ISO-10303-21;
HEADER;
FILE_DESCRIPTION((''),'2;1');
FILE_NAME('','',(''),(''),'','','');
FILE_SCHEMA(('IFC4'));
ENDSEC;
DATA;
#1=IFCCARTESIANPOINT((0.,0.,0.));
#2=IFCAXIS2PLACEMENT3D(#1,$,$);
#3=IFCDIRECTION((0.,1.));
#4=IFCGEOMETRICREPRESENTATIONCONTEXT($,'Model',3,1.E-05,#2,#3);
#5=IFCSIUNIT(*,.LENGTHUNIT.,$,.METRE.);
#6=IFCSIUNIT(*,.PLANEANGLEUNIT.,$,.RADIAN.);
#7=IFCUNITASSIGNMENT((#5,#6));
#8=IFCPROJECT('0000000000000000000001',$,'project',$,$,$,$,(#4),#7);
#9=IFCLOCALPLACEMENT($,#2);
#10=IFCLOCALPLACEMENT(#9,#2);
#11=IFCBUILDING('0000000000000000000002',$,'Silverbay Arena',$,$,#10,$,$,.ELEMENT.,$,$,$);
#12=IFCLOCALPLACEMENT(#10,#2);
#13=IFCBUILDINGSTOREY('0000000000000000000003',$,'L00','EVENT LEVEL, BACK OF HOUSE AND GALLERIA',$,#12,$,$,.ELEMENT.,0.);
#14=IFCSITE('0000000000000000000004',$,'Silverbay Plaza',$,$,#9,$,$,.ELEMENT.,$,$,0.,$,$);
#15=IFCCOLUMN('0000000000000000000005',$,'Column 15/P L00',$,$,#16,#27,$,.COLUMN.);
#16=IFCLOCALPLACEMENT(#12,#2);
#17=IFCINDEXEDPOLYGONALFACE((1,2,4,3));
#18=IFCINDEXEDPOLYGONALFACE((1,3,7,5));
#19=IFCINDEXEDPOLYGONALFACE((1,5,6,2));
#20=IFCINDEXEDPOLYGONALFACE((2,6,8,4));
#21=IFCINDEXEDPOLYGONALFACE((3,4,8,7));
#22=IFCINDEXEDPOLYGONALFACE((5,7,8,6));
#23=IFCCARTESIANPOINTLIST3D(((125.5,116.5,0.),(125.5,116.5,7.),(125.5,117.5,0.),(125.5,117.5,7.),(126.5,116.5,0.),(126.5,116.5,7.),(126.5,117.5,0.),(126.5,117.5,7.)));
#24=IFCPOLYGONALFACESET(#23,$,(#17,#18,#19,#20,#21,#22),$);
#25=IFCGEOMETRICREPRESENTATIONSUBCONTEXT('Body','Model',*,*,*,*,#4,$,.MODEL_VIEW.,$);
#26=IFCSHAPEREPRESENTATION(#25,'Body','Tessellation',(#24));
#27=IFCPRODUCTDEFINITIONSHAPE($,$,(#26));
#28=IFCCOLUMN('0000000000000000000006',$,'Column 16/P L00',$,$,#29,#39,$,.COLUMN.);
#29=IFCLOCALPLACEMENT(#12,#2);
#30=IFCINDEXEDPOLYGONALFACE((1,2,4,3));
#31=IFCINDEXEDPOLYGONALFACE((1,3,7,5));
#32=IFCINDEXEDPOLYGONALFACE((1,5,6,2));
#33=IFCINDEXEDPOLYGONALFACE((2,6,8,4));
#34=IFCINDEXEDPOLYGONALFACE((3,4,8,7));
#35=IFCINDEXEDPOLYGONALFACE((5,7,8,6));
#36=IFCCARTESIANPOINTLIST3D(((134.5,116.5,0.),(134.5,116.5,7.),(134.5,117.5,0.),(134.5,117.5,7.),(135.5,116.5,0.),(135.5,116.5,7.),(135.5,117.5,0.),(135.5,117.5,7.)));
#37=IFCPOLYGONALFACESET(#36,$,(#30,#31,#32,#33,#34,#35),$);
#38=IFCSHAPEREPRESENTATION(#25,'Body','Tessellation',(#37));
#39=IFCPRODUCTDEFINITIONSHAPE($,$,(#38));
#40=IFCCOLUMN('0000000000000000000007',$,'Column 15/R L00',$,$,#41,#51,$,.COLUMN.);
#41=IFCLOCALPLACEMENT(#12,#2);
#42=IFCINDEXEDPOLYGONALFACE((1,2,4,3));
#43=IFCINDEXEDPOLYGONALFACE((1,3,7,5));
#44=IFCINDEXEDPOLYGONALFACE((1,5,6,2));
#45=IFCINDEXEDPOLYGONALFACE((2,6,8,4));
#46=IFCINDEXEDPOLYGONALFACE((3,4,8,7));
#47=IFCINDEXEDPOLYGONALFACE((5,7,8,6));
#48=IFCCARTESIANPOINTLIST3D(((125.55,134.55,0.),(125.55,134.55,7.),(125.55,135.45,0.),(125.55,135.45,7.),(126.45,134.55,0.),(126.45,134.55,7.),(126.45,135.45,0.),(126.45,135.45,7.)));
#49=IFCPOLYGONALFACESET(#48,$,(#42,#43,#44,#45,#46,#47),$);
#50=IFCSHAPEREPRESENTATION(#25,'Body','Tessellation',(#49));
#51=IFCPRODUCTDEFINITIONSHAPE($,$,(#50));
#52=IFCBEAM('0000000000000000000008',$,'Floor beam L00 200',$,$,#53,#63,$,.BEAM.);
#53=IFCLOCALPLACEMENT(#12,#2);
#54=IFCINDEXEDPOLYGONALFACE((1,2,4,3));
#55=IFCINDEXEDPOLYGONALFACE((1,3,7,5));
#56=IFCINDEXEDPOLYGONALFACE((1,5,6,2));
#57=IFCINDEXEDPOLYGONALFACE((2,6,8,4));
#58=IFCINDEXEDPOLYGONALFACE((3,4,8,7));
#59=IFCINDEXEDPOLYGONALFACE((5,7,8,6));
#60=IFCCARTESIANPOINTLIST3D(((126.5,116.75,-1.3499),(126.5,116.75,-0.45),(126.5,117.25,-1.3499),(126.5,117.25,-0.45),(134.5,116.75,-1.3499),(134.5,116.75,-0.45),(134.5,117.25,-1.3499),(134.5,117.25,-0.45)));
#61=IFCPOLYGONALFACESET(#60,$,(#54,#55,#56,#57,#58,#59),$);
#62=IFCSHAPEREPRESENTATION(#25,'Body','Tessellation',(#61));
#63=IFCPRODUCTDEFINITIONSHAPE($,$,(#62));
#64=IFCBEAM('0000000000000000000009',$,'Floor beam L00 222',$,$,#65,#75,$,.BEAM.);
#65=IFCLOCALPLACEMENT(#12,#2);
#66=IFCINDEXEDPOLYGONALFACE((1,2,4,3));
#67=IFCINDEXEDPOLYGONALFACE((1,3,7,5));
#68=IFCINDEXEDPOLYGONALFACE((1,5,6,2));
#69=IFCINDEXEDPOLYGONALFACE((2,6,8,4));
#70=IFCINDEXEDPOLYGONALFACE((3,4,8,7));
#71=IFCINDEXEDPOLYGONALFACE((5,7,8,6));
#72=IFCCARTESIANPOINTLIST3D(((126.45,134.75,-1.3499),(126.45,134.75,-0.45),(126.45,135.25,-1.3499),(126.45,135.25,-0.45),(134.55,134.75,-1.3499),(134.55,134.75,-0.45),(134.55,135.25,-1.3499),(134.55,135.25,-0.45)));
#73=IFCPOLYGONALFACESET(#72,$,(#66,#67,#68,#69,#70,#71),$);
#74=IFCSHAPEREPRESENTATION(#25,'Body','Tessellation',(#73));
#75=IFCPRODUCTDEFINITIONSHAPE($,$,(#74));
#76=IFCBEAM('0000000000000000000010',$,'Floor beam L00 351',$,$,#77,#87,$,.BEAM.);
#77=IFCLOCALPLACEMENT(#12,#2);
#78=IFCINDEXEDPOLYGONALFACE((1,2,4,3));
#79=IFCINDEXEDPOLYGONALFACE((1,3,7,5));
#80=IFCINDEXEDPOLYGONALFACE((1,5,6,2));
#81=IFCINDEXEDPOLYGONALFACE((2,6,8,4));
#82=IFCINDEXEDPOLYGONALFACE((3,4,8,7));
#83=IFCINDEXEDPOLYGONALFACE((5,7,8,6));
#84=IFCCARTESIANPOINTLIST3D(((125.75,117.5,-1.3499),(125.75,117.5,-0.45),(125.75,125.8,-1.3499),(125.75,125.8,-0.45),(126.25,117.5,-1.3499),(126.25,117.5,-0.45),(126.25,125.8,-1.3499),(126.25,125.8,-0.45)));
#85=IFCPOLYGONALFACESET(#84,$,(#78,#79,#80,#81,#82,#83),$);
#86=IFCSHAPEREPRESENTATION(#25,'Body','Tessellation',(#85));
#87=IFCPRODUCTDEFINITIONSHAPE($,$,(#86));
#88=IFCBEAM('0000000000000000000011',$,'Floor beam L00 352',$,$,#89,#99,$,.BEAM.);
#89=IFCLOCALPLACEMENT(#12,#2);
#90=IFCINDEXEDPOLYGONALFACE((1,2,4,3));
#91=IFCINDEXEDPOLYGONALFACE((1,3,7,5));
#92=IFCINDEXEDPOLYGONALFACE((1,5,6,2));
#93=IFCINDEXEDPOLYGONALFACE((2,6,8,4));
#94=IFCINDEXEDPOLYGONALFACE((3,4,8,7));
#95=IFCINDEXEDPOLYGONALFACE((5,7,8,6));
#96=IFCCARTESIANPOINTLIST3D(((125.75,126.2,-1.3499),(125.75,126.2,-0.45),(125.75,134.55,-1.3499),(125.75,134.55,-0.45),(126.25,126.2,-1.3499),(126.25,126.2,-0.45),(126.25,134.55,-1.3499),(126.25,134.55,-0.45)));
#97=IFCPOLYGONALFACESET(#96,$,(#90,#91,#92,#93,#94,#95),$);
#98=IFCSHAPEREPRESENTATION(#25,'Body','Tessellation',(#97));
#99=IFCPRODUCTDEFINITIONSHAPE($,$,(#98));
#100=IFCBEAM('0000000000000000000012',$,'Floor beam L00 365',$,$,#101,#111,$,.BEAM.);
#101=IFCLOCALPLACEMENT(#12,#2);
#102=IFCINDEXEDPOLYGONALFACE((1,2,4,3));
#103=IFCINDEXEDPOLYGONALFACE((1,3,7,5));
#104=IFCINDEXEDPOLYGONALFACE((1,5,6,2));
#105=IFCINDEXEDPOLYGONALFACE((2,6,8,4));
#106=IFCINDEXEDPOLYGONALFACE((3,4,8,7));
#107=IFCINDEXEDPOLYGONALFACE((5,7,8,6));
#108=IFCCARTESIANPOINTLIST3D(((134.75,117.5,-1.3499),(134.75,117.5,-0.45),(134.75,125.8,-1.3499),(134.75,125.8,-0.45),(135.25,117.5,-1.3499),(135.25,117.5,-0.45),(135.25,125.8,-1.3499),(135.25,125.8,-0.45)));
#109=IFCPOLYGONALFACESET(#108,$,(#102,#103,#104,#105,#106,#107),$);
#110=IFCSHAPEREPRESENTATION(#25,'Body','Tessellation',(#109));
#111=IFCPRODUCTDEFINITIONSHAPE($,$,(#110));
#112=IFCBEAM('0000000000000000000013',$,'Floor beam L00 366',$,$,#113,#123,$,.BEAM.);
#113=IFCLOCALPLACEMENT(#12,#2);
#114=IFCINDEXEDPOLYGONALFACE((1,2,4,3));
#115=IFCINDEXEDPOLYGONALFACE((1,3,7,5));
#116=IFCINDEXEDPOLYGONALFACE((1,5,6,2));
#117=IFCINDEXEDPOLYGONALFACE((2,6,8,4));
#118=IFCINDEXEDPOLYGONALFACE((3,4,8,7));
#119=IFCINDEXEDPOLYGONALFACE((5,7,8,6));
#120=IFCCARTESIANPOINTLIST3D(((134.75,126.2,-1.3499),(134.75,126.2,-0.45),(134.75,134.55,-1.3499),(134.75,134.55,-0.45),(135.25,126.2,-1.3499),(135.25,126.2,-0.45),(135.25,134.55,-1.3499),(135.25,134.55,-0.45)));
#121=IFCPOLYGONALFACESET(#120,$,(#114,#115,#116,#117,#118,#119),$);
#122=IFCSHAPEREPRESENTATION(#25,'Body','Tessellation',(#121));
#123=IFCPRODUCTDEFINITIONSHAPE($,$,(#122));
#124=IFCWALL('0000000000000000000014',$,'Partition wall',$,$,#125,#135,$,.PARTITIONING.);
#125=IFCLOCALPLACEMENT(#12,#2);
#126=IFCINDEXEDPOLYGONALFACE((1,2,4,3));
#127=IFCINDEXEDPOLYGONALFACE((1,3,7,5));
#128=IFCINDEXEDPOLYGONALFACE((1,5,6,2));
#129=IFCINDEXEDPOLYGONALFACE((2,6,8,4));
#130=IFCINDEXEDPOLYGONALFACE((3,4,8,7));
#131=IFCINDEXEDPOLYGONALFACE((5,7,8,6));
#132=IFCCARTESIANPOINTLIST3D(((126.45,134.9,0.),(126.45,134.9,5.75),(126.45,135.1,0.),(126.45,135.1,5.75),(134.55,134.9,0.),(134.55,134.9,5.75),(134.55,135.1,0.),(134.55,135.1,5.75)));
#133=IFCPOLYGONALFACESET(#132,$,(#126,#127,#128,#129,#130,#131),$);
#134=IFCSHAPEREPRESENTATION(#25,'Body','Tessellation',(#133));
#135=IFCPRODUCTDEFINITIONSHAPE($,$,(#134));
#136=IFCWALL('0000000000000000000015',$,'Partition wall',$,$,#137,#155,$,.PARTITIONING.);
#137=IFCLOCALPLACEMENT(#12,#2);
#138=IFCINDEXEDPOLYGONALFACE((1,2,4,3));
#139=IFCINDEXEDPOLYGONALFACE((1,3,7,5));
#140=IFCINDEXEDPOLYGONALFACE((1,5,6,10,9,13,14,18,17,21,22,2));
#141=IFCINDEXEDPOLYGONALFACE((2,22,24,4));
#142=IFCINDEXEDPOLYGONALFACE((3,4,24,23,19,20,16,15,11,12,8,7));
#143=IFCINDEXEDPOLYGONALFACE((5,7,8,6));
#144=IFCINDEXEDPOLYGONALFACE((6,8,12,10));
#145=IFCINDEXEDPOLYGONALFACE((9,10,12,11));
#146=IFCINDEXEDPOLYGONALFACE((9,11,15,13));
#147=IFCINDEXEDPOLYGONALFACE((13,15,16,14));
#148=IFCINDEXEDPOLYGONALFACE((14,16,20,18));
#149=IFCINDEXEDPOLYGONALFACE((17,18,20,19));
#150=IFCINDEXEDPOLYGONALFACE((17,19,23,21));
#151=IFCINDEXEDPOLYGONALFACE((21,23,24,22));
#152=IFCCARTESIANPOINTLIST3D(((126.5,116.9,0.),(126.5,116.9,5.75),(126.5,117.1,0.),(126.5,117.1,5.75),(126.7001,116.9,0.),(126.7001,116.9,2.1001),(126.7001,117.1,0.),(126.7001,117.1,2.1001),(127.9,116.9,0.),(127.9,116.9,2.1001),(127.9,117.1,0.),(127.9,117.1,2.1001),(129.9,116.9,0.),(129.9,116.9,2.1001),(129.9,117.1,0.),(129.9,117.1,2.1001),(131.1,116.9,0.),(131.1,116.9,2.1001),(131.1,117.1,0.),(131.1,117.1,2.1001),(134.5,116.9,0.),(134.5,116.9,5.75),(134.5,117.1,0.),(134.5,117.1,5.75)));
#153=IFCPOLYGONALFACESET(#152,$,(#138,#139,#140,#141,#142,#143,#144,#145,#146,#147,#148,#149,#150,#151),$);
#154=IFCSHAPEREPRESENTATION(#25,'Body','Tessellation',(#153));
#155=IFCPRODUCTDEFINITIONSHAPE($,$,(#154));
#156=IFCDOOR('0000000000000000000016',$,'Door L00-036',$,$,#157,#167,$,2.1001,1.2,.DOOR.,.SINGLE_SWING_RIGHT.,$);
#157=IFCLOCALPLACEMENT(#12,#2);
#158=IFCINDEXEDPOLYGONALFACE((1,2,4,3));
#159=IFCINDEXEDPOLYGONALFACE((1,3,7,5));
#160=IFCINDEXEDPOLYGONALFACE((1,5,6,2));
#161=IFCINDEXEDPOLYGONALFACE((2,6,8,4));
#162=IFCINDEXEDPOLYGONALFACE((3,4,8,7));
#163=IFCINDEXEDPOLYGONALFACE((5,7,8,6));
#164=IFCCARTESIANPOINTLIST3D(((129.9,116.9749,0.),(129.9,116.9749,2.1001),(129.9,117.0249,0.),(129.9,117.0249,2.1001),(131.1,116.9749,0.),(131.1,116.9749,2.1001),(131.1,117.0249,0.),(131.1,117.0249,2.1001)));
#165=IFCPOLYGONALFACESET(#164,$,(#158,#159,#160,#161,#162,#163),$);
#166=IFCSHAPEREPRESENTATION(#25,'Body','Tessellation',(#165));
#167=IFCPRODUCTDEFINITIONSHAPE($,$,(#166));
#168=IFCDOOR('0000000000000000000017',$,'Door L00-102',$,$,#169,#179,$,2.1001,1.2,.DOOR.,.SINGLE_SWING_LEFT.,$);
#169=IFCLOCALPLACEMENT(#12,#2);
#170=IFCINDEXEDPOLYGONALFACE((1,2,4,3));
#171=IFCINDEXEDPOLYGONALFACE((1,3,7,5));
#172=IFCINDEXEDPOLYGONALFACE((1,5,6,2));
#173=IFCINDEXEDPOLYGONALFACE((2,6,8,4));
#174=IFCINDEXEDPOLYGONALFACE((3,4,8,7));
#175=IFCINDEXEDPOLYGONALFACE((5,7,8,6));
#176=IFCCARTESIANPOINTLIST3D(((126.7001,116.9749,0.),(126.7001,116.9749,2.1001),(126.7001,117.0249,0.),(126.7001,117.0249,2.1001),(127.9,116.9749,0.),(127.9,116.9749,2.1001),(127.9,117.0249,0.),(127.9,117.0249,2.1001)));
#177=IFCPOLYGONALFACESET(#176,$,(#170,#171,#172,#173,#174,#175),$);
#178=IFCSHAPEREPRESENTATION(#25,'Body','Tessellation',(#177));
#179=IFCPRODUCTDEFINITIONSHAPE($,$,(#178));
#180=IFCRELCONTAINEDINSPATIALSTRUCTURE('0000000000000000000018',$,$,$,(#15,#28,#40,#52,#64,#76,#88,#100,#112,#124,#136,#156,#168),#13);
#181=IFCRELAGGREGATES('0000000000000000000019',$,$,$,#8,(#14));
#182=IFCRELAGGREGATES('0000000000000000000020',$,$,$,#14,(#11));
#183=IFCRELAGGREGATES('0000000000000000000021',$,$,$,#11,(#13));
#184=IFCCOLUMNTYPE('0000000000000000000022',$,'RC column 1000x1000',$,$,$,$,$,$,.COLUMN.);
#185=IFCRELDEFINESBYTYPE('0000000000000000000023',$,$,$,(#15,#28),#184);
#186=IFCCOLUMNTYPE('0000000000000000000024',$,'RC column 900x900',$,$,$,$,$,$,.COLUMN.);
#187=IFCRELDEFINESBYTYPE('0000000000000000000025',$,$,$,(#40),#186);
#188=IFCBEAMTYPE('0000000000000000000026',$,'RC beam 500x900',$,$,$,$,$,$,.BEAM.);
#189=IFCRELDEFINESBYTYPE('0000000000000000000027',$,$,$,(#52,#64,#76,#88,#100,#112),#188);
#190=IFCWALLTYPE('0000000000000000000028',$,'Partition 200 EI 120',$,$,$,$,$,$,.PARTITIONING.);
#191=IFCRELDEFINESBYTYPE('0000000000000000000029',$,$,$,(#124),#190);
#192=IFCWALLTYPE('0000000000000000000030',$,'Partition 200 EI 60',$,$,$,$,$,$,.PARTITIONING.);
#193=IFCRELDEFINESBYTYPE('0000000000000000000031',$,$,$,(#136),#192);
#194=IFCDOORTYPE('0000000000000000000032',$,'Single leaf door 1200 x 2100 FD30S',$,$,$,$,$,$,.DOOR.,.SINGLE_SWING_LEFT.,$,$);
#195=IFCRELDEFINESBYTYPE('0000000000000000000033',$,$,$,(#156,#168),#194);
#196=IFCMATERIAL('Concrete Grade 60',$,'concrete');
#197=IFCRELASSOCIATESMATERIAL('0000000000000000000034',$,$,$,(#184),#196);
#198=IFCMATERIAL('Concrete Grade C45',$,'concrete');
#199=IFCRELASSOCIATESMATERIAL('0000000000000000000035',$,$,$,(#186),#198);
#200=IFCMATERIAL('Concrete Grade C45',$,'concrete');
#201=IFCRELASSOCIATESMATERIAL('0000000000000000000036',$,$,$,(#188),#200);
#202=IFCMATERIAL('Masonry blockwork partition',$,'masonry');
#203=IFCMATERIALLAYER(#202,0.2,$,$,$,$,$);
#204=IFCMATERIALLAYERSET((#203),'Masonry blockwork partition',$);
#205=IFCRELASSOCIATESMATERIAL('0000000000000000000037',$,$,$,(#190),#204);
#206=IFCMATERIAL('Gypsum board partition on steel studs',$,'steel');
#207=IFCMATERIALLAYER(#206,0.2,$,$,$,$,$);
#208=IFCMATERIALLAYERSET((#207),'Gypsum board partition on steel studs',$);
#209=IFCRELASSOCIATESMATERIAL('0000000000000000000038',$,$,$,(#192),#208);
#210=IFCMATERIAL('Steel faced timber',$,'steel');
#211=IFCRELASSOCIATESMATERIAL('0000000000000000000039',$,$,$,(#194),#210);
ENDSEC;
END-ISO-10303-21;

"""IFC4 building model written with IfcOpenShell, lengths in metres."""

from ifc_helpers import new_model, si_unit, direction, frame, frame_2d, origin, origin_2d, place, context, subcontext, project, spatial, rectangle, extrude, material, layer, layer_set, material_profile, profile_set, type_object, element, fill, save


model = new_model("IFC4")

# Units and contexts
model_context = context("Model", 3, precision=1e-05, world=origin(), true_north=direction((0.0, 1.0)))
body_context = subcontext(model_context, "Body", "Model", "MODEL_VIEW")
ifc_project = project(units=[si_unit("LENGTHUNIT", "METRE"), si_unit("PLANEANGLEUNIT", "RADIAN")], contexts=[model_context])

# Site, building, storey
site_placement = place(None, origin())
site = spatial("IfcSite", under=ifc_project, at=site_placement, Name="Silverbay Plaza", CompositionType="ELEMENT", RefElevation=0.0)
building_placement = place(site_placement, origin())
building = spatial("IfcBuilding", under=site, at=building_placement, Name="Silverbay Arena", CompositionType="ELEMENT")
storey_placement = place(building_placement, origin())
storey = spatial("IfcBuildingStorey", under=building, at=storey_placement, Name="L00", Description="EVENT LEVEL, BACK OF HOUSE AND GALLERIA", CompositionType="ELEMENT", Elevation=0.0)

# Columns
ifc_material_1 = material(Name="Concrete Grade 60", Category="concrete")
ifc_material_profile_1 = material_profile(ifc_material_1, rectangle(XDim=1.0, YDim=1.0, at=origin_2d()), Name="RC 1000x1000")
ifc_profile_set_1 = profile_set([ifc_material_profile_1], Name="Concrete Grade 60")
column_type_1 = type_object("IfcColumnType", Name="RC column 1000x1000", PredefinedType="COLUMN", material=ifc_profile_set_1)
for number, where, z_axis, x_axis, name in (
    (1, (126.0, 117.0, 0.0), (0.0, 0.0, 1.0), (1.0, 0.0, 0.0), "Column 15/P L00"),
    (2, (135.0, 117.0, 0.0), (0.0, 0.0, 1.0), (1.0, 0.0, 0.0), "Column 16/P L00"),
):
    element("IfcColumn", number, at=place(storey_placement, frame(where, z_axis=z_axis, x_axis=x_axis)), inside=storey, type_object=column_type_1, Name=name, PredefinedType="COLUMN", context=body_context, shape_type="SweptSolid", body=[
        extrude(rectangle(XDim=1.0, YDim=1.0, at=origin_2d()), origin(), (0.0, 0.0, 1.0), 7.0),
    ])
ifc_material_2 = material(Name="Concrete Grade C45", Category="concrete")
ifc_material_profile_2 = material_profile(ifc_material_2, rectangle(XDim=0.8999, YDim=0.8999, at=origin_2d()), Name="RC 900x900")
ifc_profile_set_2 = profile_set([ifc_material_profile_2], Name="Concrete Grade C45")
column_type_2 = type_object("IfcColumnType", Name="RC column 900x900", PredefinedType="COLUMN", material=ifc_profile_set_2)
column_placement = place(storey_placement, frame((126.0, 135.0, 0.0), z_axis=(0.0, 0.0, 1.0), x_axis=(1.0, 0.0, 0.0)))
element("IfcColumn", 3, at=column_placement, inside=storey, type_object=column_type_2, Name="Column 15/R L00", PredefinedType="COLUMN", context=body_context, shape_type="SweptSolid", body=[
    extrude(rectangle(XDim=0.8999, YDim=0.8999, at=origin_2d()), origin(), (0.0, 0.0, 1.0), 7.0),
])

# Beams
ifc_material_3 = material(Name="Concrete Grade C45", Category="concrete")
ifc_material_profile_3 = material_profile(ifc_material_3, rectangle(XDim=0.5, YDim=0.8999, at=origin_2d()), Name="RC 500x900")
ifc_profile_set_3 = profile_set([ifc_material_profile_3], Name="Concrete Grade C45")
beam_type = type_object("IfcBeamType", Name="RC beam 500x900", PredefinedType="BEAM", material=ifc_profile_set_3)
beam_1_placement = place(storey_placement, frame((126.5, 117.0, -0.8999), z_axis=(1.0, 0.0, 0.0), x_axis=(0.0, 1.0, 0.0)))
element("IfcBeam", 4, at=beam_1_placement, inside=storey, type_object=beam_type, Name="Floor beam L00 200", PredefinedType="BEAM", context=body_context, shape_type="SweptSolid", body=[
    extrude(rectangle(XDim=0.5, YDim=0.8999, at=origin_2d()), origin(), (0.0, 0.0, 1.0), 8.0),
])
beam_2_placement = place(storey_placement, frame((126.45, 135.0, -0.8999), z_axis=(1.0, 0.0, 0.0), x_axis=(0.0, 1.0, 0.0)))
element("IfcBeam", 5, at=beam_2_placement, inside=storey, type_object=beam_type, Name="Floor beam L00 222", PredefinedType="BEAM", context=body_context, shape_type="SweptSolid", body=[
    extrude(rectangle(XDim=0.5, YDim=0.8999, at=origin_2d()), origin(), (0.0, 0.0, 1.0), 8.1001),
])
beam_3_placement = place(storey_placement, frame((126.0, 117.5, -0.8999), z_axis=(0.0, 1.0, 0.0), x_axis=(-1.0, 0.0, 0.0)))
element("IfcBeam", 6, at=beam_3_placement, inside=storey, type_object=beam_type, Name="Floor beam L00 351", PredefinedType="BEAM", context=body_context, shape_type="SweptSolid", body=[
    extrude(rectangle(XDim=0.5, YDim=0.8999, at=origin_2d()), origin(), (0.0, 0.0, 1.0), 8.3),
])
beam_4_placement = place(storey_placement, frame((126.0, 126.2, -0.8999), z_axis=(0.0, 1.0, 0.0), x_axis=(-1.0, 0.0, 0.0)))
element("IfcBeam", 7, at=beam_4_placement, inside=storey, type_object=beam_type, Name="Floor beam L00 352", PredefinedType="BEAM", context=body_context, shape_type="SweptSolid", body=[
    extrude(rectangle(XDim=0.5, YDim=0.8999, at=origin_2d()), origin(), (0.0, 0.0, 1.0), 8.3501),
])
beam_5_placement = place(storey_placement, frame((135.0, 117.5, -0.8999), z_axis=(0.0, 1.0, 0.0), x_axis=(-1.0, 0.0, 0.0)))
element("IfcBeam", 8, at=beam_5_placement, inside=storey, type_object=beam_type, Name="Floor beam L00 365", PredefinedType="BEAM", context=body_context, shape_type="SweptSolid", body=[
    extrude(rectangle(XDim=0.5, YDim=0.8999, at=origin_2d()), origin(), (0.0, 0.0, 1.0), 8.3),
])
beam_6_placement = place(storey_placement, frame((135.0, 126.2, -0.8999), z_axis=(0.0, 1.0, 0.0), x_axis=(-1.0, 0.0, 0.0)))
element("IfcBeam", 9, at=beam_6_placement, inside=storey, type_object=beam_type, Name="Floor beam L00 366", PredefinedType="BEAM", context=body_context, shape_type="SweptSolid", body=[
    extrude(rectangle(XDim=0.5, YDim=0.8999, at=origin_2d()), origin(), (0.0, 0.0, 1.0), 8.3501),
])

# Wall
ifc_material_4 = material(Name="Masonry blockwork partition", Category="masonry")
ifc_layer_1 = layer(ifc_material_4, 0.2)
ifc_layer_set_1 = layer_set([ifc_layer_1], Name="Masonry blockwork partition")
wall_type_1 = type_object("IfcWallType", Name="Partition 200 EI 120", PredefinedType="PARTITIONING", material=ifc_layer_set_1)
wall_1_placement = place(storey_placement, frame((126.45, 135.0, 0.0), z_axis=(0.0, 0.0, 1.0), x_axis=(1.0, 0.0, 0.0)))
element("IfcWall", 10, at=wall_1_placement, inside=storey, type_object=wall_type_1, Name="Partition wall", PredefinedType="PARTITIONING", context=body_context, shape_type="SweptSolid", body=[
    extrude(rectangle(XDim=8.1001, YDim=0.2, at=frame_2d((4.05, 0.0))), origin(), (0.0, 0.0, 1.0), 5.75),
])

# Wall, openings, doors
ifc_material_5 = material(Name="Gypsum board partition on steel studs", Category="steel")
ifc_layer_2 = layer(ifc_material_5, 0.2)
ifc_layer_set_2 = layer_set([ifc_layer_2], Name="Gypsum board partition on steel studs")
wall_type_2 = type_object("IfcWallType", Name="Partition 200 EI 60", PredefinedType="PARTITIONING", material=ifc_layer_set_2)
wall_2_placement = place(storey_placement, frame((126.5, 117.0, 0.0), z_axis=(0.0, 0.0, 1.0), x_axis=(1.0, 0.0, 0.0)))
wall_2 = element("IfcWall", 11, at=wall_2_placement, inside=storey, type_object=wall_type_2, Name="Partition wall", PredefinedType="PARTITIONING", context=body_context, shape_type="SweptSolid", body=[
    extrude(rectangle(XDim=8.0, YDim=0.2, at=frame_2d((4.0, 0.0))), origin(), (0.0, 0.0, 1.0), 5.75),
])
opening_1_placement = place(wall_2_placement, frame((3.3999, 0.0, 0.0)))
opening_1 = element("IfcOpeningElement", 12, at=opening_1_placement, cuts=wall_2, PredefinedType="OPENING", context=body_context, shape_type="SweptSolid", body=[
    extrude(rectangle(XDim=1.2, YDim=2.1001, at=frame_2d((0.6001, 1.05))), frame((0.0, 0.1099, 0.0), z_axis=(0.0, -1.0, 0.0), x_axis=(1.0, 0.0, 0.0)), (0.0, 0.0, 1.0), 0.22),
])
opening_2_placement = place(wall_2_placement, frame((0.2, 0.0, 0.0)))
opening_2 = element("IfcOpeningElement", 13, at=opening_2_placement, cuts=wall_2, PredefinedType="OPENING", context=body_context, shape_type="SweptSolid", body=[
    extrude(rectangle(XDim=1.2, YDim=2.1001, at=frame_2d((0.6001, 1.05))), frame((0.0, 0.1099, 0.0), z_axis=(0.0, -1.0, 0.0), x_axis=(1.0, 0.0, 0.0)), (0.0, 0.0, 1.0), 0.22),
])
ifc_material_6 = material(Name="Steel faced timber", Category="steel")
door_type_1 = type_object("IfcDoorType", Name="Single leaf door 1200 x 2100 FD30S", OperationType="SINGLE_SWING_LEFT", PredefinedType="DOOR", material=ifc_material_6)
door_1_placement = place(opening_1_placement, origin())
door_1 = element("IfcDoor", 14, at=door_1_placement, inside=storey, type_object=door_type_1, Name="Door L00-036", OperationType="SINGLE_SWING_RIGHT", OverallHeight=2.1001, OverallWidth=1.2, PredefinedType="DOOR", context=body_context, shape_type="SweptSolid", body=[
    extrude(rectangle(XDim=1.2, YDim=2.1001, at=frame_2d((0.6001, 1.05))), frame((0.0, 0.0249, 0.0), z_axis=(0.0, -1.0, 0.0), x_axis=(1.0, 0.0, 0.0)), (0.0, 0.0, 1.0), 0.05),
])
fill(opening_1, door_1)
door_2_placement = place(opening_2_placement, origin())
door_2 = element("IfcDoor", 15, at=door_2_placement, inside=storey, type_object=door_type_1, Name="Door L00-102", OperationType="SINGLE_SWING_LEFT", OverallHeight=2.1001, OverallWidth=1.2, PredefinedType="DOOR", context=body_context, shape_type="SweptSolid", body=[
    extrude(rectangle(XDim=1.2, YDim=2.1001, at=frame_2d((0.6001, 1.05))), frame((0.0, 0.0249, 0.0), z_axis=(0.0, -1.0, 0.0), x_axis=(1.0, 0.0, 0.0)), (0.0, 0.0, 1.0), 0.05),
])
fill(opening_2, door_2)

save(model, "model.ifc")
